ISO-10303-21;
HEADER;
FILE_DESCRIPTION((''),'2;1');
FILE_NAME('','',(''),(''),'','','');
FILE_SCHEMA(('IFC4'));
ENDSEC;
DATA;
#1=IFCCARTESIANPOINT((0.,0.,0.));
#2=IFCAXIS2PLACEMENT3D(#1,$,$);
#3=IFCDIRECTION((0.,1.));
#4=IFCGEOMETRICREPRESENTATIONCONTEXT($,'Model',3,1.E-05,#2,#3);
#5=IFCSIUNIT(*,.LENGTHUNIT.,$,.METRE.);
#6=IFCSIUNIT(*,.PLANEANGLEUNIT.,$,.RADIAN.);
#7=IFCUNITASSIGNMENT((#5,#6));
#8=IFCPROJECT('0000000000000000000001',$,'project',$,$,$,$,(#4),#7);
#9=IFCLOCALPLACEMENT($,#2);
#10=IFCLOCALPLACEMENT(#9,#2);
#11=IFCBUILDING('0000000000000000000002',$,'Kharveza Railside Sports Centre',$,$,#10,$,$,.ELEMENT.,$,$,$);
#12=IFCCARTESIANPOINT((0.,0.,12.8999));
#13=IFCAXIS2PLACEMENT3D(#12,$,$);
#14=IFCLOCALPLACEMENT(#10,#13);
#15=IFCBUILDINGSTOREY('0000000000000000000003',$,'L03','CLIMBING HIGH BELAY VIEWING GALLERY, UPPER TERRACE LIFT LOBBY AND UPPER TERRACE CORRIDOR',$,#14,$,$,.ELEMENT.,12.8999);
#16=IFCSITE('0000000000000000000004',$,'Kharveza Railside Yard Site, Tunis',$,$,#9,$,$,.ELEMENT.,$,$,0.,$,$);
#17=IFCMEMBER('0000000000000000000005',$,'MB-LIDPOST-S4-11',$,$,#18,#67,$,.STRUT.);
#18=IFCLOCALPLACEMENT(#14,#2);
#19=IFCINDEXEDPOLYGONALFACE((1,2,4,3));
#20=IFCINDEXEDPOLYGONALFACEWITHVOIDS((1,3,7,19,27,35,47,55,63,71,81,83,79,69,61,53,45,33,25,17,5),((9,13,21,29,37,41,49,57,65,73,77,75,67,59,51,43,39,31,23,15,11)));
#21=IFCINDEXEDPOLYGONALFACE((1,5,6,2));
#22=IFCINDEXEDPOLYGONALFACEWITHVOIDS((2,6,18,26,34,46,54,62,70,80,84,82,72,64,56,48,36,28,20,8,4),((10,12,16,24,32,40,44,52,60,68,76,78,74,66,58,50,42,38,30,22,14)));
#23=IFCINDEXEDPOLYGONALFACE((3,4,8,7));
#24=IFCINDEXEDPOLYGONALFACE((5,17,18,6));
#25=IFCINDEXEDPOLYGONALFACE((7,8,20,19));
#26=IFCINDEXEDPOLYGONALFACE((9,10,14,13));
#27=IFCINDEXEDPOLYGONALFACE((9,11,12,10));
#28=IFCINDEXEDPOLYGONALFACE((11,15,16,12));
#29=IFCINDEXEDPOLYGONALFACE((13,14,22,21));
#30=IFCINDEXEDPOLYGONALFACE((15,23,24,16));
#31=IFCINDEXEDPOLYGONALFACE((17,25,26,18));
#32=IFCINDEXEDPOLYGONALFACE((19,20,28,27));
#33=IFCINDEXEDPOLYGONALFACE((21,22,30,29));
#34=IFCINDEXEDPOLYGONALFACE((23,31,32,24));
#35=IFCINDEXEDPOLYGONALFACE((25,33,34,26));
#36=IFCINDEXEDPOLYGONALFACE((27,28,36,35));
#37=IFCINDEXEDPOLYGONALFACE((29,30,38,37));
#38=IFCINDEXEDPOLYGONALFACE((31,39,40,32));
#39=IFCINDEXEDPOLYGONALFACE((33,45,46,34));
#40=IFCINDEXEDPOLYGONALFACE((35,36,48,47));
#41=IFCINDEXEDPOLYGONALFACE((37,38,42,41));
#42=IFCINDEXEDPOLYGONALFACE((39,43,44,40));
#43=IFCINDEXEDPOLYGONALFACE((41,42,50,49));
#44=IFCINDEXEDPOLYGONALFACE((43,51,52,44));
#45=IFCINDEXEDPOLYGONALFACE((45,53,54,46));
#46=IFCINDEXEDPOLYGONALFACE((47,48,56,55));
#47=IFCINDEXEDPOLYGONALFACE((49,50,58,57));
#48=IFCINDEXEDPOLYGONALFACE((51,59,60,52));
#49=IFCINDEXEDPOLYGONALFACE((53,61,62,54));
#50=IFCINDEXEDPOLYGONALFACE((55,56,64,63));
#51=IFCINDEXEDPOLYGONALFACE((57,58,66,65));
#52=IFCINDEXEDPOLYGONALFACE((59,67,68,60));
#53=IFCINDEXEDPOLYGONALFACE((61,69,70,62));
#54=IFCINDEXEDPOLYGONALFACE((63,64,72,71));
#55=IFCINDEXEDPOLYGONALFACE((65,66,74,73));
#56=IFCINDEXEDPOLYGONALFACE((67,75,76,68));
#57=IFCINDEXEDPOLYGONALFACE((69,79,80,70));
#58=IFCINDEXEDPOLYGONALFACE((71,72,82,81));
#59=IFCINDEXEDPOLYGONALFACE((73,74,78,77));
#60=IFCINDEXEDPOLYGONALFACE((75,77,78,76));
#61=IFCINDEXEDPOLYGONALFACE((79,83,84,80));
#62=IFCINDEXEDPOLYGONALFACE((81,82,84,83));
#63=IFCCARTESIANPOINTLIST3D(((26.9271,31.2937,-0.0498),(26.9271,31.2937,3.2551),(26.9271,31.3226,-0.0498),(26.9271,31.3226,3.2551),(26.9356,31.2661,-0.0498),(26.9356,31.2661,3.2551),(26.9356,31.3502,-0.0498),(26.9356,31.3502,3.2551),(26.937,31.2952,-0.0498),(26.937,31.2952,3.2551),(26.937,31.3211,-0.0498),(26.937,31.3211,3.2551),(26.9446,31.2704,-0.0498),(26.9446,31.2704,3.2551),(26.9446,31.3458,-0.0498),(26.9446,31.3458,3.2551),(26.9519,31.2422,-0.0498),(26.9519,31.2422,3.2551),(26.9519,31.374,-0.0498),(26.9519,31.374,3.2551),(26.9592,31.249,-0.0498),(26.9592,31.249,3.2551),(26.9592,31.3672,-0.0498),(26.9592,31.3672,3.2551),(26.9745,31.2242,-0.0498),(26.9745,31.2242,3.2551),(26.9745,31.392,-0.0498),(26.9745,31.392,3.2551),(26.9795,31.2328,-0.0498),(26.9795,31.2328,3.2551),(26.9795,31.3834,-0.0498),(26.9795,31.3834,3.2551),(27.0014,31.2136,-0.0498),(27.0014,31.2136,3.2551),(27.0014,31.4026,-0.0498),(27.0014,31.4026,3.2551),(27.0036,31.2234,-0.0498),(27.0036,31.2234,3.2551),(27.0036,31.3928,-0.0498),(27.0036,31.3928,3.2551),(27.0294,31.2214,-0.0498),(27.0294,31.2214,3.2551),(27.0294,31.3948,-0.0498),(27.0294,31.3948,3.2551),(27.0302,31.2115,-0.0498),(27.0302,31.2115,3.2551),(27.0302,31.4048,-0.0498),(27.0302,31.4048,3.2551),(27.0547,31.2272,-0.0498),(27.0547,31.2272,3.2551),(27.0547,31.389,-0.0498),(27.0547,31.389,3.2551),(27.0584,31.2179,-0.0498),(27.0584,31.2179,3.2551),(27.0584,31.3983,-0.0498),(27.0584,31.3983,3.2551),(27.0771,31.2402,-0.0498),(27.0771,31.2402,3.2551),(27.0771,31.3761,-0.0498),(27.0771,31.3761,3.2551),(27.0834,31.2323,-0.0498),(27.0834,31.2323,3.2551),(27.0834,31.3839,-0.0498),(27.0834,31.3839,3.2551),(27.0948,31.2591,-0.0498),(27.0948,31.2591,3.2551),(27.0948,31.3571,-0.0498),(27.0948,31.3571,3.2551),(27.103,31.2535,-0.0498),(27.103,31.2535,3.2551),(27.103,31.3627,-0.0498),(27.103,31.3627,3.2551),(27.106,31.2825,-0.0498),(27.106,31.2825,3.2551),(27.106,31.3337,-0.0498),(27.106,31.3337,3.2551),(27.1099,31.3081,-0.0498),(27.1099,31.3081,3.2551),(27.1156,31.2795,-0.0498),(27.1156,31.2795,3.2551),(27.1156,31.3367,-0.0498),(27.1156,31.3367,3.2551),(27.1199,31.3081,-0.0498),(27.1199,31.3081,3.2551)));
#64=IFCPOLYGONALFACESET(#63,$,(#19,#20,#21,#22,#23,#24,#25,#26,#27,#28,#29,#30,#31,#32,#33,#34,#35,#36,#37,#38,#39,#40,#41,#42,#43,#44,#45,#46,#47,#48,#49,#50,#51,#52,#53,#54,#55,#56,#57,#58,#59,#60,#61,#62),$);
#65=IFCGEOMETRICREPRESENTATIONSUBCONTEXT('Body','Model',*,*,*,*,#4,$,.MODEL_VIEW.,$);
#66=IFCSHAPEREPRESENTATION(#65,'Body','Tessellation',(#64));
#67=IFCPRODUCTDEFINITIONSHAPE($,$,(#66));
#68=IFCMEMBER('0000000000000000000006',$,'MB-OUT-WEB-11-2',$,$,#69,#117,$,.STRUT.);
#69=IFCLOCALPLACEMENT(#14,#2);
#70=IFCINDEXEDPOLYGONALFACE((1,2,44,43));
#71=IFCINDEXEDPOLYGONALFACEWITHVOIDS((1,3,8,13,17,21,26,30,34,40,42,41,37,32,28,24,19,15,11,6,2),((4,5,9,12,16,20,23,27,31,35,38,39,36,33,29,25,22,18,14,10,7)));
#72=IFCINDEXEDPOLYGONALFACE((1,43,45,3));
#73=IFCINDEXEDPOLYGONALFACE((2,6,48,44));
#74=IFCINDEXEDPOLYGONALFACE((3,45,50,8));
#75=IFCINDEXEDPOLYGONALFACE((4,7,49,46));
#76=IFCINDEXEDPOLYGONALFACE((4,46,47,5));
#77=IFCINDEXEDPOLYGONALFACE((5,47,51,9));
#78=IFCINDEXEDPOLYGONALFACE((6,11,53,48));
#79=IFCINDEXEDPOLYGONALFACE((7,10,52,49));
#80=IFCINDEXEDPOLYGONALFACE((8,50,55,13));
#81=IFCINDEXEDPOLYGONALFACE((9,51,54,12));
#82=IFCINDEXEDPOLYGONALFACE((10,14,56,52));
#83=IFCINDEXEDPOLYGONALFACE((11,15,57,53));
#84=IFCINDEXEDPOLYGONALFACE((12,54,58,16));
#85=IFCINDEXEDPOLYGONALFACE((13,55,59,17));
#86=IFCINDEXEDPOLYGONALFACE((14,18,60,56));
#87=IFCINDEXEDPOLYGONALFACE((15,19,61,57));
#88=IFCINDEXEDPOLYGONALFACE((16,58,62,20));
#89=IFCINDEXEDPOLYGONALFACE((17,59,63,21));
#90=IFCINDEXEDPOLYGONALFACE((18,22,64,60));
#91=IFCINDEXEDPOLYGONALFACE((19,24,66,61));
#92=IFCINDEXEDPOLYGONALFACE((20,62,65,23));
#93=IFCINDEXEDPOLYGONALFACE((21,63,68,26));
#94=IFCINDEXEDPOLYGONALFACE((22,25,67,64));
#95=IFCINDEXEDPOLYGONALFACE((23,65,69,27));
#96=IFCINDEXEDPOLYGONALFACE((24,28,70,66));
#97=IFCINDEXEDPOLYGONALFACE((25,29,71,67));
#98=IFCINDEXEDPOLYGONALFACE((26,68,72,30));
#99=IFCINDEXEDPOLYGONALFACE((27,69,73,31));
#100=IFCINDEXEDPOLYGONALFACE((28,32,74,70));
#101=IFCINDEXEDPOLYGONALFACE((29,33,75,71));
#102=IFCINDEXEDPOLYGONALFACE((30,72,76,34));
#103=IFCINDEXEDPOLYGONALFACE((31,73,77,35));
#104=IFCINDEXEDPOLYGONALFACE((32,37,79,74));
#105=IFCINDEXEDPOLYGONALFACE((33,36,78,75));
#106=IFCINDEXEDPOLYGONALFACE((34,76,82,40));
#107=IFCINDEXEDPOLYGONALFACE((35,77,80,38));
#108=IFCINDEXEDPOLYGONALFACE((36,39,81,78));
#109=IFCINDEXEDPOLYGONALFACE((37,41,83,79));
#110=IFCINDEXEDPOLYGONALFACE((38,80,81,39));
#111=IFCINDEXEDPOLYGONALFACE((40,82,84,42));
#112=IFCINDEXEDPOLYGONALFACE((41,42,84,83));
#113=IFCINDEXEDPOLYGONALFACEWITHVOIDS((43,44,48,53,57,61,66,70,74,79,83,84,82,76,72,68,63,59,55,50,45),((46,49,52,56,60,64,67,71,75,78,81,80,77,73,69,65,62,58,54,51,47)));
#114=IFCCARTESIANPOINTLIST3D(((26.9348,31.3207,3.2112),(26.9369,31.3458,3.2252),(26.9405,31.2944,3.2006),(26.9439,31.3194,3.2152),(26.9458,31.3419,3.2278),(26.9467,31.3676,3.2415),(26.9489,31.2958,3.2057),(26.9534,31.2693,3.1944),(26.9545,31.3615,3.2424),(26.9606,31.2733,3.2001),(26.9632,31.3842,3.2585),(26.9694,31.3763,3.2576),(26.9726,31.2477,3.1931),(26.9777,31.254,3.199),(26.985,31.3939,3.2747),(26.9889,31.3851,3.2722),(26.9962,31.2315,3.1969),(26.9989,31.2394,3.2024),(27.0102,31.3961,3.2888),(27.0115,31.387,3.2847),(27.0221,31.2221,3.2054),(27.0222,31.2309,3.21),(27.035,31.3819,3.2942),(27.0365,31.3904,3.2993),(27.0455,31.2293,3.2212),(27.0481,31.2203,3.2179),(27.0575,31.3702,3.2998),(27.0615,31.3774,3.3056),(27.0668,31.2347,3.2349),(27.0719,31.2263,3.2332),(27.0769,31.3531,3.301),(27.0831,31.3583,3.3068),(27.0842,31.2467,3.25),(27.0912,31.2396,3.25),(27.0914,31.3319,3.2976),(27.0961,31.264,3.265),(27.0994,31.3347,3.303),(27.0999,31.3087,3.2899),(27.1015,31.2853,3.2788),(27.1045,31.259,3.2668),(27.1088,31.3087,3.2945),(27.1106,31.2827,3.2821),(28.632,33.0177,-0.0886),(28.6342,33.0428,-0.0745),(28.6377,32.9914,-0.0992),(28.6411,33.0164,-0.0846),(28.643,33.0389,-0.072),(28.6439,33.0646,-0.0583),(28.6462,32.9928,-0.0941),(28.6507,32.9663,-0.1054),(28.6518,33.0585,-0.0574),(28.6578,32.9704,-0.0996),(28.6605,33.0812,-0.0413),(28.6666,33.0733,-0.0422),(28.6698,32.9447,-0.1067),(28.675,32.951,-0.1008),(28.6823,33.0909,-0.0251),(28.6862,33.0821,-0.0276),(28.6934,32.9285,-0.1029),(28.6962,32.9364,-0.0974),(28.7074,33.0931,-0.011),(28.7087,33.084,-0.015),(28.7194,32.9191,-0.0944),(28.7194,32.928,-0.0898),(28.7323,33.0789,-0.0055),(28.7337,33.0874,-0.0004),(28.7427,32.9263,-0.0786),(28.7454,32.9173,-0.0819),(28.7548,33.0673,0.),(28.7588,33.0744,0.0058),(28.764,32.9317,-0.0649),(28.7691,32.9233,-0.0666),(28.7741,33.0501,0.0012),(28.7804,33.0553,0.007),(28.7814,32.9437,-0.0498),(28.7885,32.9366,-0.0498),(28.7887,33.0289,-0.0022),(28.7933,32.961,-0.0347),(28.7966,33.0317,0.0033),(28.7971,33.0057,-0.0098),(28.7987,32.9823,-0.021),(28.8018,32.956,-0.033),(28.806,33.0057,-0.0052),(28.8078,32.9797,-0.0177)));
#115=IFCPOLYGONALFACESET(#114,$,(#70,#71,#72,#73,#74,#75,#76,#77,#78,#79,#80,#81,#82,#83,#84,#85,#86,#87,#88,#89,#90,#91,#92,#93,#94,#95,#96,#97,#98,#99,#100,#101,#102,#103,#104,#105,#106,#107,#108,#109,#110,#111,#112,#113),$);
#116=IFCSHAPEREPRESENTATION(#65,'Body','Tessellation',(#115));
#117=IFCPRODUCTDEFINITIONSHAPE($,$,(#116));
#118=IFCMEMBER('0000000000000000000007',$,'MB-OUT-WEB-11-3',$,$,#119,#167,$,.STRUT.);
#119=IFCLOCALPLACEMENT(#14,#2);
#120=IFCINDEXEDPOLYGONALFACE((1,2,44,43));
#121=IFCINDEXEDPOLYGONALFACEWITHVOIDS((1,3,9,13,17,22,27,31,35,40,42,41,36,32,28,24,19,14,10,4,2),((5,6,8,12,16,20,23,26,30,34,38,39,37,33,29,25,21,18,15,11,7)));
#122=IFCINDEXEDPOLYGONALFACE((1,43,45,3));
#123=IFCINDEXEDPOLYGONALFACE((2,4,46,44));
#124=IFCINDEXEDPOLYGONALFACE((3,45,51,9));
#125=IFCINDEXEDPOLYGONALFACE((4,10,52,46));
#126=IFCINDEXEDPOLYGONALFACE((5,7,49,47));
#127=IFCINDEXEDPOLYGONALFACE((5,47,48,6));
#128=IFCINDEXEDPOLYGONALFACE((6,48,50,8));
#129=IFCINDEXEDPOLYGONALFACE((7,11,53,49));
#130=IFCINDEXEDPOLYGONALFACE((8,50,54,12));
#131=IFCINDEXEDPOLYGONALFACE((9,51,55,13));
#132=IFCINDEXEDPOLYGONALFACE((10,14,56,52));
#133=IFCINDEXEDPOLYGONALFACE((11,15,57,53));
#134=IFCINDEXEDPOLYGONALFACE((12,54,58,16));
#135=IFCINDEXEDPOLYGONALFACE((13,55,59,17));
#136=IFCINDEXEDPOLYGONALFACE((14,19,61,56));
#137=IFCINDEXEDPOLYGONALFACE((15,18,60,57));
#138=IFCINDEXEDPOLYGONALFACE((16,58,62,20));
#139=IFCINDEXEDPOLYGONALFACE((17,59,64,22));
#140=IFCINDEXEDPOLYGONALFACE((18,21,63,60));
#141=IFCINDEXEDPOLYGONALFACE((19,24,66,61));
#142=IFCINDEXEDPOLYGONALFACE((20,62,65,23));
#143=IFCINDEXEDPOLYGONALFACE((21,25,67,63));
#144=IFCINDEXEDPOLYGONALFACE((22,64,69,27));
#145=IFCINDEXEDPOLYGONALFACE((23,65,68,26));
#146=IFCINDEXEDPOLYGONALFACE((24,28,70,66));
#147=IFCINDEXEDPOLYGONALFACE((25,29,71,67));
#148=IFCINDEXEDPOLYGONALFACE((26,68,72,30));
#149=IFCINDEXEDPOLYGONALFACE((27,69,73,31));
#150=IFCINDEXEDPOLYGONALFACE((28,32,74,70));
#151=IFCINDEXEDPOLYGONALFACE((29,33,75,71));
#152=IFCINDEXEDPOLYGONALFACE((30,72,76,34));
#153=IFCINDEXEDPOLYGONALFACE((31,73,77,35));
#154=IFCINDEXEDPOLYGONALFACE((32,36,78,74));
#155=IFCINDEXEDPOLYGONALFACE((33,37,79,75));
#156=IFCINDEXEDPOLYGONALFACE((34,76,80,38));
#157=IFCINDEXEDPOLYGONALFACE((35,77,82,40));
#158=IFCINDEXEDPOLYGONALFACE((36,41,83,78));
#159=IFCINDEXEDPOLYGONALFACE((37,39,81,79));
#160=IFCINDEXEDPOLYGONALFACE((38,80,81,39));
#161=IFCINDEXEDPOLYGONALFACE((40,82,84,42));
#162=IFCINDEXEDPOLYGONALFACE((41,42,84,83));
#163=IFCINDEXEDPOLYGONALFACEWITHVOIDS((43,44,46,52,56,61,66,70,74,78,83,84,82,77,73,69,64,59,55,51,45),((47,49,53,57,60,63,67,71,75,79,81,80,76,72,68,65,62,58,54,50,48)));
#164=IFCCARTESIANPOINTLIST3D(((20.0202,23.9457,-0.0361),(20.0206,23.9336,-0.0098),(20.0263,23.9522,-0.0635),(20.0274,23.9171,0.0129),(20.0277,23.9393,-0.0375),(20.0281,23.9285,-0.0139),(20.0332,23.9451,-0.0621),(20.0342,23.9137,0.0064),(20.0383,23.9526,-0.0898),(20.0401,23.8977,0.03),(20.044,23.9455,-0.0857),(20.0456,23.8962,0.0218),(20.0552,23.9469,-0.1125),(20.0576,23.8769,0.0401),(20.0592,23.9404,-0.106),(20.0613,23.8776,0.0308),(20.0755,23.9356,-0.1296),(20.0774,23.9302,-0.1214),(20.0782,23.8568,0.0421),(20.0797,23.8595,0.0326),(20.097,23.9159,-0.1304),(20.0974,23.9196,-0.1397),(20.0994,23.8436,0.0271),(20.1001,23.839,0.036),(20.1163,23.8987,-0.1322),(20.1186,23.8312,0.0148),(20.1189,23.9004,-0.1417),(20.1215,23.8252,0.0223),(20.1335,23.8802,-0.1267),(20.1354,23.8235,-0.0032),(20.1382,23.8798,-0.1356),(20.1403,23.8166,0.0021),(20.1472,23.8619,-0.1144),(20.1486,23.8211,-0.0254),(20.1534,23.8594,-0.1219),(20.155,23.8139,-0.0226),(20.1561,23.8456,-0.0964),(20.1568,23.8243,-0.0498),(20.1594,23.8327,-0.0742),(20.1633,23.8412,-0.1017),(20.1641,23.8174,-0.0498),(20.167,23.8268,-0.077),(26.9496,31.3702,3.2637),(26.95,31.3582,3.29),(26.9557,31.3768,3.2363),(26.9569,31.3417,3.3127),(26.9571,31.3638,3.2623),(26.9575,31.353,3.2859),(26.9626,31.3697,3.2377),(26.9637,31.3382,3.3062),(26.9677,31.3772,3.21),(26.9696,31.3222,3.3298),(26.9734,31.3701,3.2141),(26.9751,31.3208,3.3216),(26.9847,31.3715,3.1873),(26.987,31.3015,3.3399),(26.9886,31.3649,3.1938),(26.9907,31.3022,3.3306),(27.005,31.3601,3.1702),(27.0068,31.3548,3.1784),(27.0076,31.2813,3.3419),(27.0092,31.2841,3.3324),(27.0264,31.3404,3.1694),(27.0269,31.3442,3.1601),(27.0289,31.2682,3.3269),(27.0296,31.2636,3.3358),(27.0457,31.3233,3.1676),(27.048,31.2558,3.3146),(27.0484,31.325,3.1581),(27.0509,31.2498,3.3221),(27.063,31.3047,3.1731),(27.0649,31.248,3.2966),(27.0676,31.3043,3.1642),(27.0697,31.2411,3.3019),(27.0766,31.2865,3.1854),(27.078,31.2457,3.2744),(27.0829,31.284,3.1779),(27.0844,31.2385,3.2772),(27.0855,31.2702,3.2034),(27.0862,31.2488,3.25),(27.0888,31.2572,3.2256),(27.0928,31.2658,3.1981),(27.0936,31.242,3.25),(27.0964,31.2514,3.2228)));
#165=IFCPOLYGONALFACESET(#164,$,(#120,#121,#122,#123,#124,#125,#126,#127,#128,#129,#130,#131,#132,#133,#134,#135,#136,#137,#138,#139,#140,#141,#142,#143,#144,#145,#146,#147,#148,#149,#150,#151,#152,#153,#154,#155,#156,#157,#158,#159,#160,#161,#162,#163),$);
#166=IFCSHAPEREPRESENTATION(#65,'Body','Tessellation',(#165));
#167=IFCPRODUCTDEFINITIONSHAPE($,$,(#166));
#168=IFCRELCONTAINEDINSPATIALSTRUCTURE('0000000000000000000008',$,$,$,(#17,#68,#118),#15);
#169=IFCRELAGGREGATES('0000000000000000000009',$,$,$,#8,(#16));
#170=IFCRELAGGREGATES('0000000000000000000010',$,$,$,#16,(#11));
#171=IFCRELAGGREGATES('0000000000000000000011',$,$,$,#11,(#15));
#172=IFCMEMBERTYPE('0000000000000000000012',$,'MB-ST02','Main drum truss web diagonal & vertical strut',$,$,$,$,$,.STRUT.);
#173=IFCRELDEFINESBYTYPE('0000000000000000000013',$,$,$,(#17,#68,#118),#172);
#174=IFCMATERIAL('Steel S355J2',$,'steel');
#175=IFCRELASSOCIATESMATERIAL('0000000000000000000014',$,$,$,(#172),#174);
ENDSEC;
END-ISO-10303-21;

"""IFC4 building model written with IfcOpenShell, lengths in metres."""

from ifc_helpers import new_model, si_unit, direction, frame, origin, origin_2d, place, context, subcontext, project, spatial, hollow_circle, extrude, material, material_profile, profile_set, type_object, element, save


model = new_model("IFC4")

# Units and contexts
model_context = context("Model", 3, precision=1e-05, world=origin(), true_north=direction((0.0, 1.0)))
body_context = subcontext(model_context, "Body", "Model", "MODEL_VIEW")
ifc_project = project(units=[si_unit("LENGTHUNIT", "METRE"), si_unit("PLANEANGLEUNIT", "RADIAN")], contexts=[model_context])

# Site, building, storey
site_placement = place(None, origin())
site = spatial("IfcSite", under=ifc_project, at=site_placement, Name="Kharveza Railside Yard Site, Tunis", CompositionType="ELEMENT", RefElevation=0.0)
building_placement = place(site_placement, origin())
building = spatial("IfcBuilding", under=site, at=building_placement, Name="Kharveza Railside Sports Centre", CompositionType="ELEMENT")
storey_placement = place(building_placement, frame((0.0, 0.0, 12.8999)))
storey = spatial("IfcBuildingStorey", under=building, at=storey_placement, Name="L03", Description="CLIMBING HIGH BELAY VIEWING GALLERY, UPPER TERRACE LIFT LOBBY AND UPPER TERRACE CORRIDOR", CompositionType="ELEMENT", Elevation=12.8999)

# Shared definitions
ifc_material_1 = material(Name="Steel S355J2", Category="steel")

# Members
ifc_material_profile_1 = material_profile(ifc_material_1, hollow_circle(Radius=0.0969, WallThickness=0.01, at=origin_2d()), Name="CHS 193.7x10.0")
ifc_profile_set_1 = profile_set([ifc_material_profile_1], Name="Steel S355J2")
member_type_1 = type_object("IfcMemberType", Name="MB-ST02", Description="Main drum truss web diagonal & vertical strut", PredefinedType="STRUT", material=ifc_profile_set_1)
member_1_placement = place(storey_placement, frame((27.0229, 31.3081, -0.0498), z_axis=(0.0, 0.0, 1.0), x_axis=(1.0, 0.0, 0.0)))
element("IfcMember", 1, at=member_1_placement, inside=storey, type_object=member_type_1, Name="MB-LIDPOST-S4-11", PredefinedType="STRUT", context=body_context, shape_type="SweptSolid", body=[
    extrude(hollow_circle(Radius=0.0969, WallThickness=0.01, at=origin_2d()), origin(), (0.0, 0.0, 1.0), 3.3049),
])
member_2_placement = place(storey_placement, frame((28.72, 33.0051, -0.0498), z_axis=(-0.41596, -0.4159, 0.808705), x_axis=(0.707056, -0.707158, 0.0)))
element("IfcMember", 2, at=member_2_placement, inside=storey, type_object=member_type_1, Name="MB-OUT-WEB-11-2", PredefinedType="STRUT", context=body_context, shape_type="SweptSolid", body=[
    extrude(hollow_circle(Radius=0.0969, WallThickness=0.01, at=origin_2d()), origin(), (0.0, 0.0, 1.0), 4.0803),
])
member_3_placement = place(storey_placement, frame((27.0227, 31.3081, 3.25), z_axis=(-0.648916, -0.695282, -0.309014), x_axis=(0.731062, -0.682311, 0.0)))
element("IfcMember", 3, at=member_3_placement, inside=storey, type_object=member_type_1, Name="MB-OUT-WEB-11-3", PredefinedType="STRUT", context=body_context, shape_type="SweptSolid", body=[
    extrude(hollow_circle(Radius=0.0969, WallThickness=0.01, at=origin_2d()), origin(), (0.0, 0.0, 1.0), 10.6785),
])

save(model, "model.ifc")
